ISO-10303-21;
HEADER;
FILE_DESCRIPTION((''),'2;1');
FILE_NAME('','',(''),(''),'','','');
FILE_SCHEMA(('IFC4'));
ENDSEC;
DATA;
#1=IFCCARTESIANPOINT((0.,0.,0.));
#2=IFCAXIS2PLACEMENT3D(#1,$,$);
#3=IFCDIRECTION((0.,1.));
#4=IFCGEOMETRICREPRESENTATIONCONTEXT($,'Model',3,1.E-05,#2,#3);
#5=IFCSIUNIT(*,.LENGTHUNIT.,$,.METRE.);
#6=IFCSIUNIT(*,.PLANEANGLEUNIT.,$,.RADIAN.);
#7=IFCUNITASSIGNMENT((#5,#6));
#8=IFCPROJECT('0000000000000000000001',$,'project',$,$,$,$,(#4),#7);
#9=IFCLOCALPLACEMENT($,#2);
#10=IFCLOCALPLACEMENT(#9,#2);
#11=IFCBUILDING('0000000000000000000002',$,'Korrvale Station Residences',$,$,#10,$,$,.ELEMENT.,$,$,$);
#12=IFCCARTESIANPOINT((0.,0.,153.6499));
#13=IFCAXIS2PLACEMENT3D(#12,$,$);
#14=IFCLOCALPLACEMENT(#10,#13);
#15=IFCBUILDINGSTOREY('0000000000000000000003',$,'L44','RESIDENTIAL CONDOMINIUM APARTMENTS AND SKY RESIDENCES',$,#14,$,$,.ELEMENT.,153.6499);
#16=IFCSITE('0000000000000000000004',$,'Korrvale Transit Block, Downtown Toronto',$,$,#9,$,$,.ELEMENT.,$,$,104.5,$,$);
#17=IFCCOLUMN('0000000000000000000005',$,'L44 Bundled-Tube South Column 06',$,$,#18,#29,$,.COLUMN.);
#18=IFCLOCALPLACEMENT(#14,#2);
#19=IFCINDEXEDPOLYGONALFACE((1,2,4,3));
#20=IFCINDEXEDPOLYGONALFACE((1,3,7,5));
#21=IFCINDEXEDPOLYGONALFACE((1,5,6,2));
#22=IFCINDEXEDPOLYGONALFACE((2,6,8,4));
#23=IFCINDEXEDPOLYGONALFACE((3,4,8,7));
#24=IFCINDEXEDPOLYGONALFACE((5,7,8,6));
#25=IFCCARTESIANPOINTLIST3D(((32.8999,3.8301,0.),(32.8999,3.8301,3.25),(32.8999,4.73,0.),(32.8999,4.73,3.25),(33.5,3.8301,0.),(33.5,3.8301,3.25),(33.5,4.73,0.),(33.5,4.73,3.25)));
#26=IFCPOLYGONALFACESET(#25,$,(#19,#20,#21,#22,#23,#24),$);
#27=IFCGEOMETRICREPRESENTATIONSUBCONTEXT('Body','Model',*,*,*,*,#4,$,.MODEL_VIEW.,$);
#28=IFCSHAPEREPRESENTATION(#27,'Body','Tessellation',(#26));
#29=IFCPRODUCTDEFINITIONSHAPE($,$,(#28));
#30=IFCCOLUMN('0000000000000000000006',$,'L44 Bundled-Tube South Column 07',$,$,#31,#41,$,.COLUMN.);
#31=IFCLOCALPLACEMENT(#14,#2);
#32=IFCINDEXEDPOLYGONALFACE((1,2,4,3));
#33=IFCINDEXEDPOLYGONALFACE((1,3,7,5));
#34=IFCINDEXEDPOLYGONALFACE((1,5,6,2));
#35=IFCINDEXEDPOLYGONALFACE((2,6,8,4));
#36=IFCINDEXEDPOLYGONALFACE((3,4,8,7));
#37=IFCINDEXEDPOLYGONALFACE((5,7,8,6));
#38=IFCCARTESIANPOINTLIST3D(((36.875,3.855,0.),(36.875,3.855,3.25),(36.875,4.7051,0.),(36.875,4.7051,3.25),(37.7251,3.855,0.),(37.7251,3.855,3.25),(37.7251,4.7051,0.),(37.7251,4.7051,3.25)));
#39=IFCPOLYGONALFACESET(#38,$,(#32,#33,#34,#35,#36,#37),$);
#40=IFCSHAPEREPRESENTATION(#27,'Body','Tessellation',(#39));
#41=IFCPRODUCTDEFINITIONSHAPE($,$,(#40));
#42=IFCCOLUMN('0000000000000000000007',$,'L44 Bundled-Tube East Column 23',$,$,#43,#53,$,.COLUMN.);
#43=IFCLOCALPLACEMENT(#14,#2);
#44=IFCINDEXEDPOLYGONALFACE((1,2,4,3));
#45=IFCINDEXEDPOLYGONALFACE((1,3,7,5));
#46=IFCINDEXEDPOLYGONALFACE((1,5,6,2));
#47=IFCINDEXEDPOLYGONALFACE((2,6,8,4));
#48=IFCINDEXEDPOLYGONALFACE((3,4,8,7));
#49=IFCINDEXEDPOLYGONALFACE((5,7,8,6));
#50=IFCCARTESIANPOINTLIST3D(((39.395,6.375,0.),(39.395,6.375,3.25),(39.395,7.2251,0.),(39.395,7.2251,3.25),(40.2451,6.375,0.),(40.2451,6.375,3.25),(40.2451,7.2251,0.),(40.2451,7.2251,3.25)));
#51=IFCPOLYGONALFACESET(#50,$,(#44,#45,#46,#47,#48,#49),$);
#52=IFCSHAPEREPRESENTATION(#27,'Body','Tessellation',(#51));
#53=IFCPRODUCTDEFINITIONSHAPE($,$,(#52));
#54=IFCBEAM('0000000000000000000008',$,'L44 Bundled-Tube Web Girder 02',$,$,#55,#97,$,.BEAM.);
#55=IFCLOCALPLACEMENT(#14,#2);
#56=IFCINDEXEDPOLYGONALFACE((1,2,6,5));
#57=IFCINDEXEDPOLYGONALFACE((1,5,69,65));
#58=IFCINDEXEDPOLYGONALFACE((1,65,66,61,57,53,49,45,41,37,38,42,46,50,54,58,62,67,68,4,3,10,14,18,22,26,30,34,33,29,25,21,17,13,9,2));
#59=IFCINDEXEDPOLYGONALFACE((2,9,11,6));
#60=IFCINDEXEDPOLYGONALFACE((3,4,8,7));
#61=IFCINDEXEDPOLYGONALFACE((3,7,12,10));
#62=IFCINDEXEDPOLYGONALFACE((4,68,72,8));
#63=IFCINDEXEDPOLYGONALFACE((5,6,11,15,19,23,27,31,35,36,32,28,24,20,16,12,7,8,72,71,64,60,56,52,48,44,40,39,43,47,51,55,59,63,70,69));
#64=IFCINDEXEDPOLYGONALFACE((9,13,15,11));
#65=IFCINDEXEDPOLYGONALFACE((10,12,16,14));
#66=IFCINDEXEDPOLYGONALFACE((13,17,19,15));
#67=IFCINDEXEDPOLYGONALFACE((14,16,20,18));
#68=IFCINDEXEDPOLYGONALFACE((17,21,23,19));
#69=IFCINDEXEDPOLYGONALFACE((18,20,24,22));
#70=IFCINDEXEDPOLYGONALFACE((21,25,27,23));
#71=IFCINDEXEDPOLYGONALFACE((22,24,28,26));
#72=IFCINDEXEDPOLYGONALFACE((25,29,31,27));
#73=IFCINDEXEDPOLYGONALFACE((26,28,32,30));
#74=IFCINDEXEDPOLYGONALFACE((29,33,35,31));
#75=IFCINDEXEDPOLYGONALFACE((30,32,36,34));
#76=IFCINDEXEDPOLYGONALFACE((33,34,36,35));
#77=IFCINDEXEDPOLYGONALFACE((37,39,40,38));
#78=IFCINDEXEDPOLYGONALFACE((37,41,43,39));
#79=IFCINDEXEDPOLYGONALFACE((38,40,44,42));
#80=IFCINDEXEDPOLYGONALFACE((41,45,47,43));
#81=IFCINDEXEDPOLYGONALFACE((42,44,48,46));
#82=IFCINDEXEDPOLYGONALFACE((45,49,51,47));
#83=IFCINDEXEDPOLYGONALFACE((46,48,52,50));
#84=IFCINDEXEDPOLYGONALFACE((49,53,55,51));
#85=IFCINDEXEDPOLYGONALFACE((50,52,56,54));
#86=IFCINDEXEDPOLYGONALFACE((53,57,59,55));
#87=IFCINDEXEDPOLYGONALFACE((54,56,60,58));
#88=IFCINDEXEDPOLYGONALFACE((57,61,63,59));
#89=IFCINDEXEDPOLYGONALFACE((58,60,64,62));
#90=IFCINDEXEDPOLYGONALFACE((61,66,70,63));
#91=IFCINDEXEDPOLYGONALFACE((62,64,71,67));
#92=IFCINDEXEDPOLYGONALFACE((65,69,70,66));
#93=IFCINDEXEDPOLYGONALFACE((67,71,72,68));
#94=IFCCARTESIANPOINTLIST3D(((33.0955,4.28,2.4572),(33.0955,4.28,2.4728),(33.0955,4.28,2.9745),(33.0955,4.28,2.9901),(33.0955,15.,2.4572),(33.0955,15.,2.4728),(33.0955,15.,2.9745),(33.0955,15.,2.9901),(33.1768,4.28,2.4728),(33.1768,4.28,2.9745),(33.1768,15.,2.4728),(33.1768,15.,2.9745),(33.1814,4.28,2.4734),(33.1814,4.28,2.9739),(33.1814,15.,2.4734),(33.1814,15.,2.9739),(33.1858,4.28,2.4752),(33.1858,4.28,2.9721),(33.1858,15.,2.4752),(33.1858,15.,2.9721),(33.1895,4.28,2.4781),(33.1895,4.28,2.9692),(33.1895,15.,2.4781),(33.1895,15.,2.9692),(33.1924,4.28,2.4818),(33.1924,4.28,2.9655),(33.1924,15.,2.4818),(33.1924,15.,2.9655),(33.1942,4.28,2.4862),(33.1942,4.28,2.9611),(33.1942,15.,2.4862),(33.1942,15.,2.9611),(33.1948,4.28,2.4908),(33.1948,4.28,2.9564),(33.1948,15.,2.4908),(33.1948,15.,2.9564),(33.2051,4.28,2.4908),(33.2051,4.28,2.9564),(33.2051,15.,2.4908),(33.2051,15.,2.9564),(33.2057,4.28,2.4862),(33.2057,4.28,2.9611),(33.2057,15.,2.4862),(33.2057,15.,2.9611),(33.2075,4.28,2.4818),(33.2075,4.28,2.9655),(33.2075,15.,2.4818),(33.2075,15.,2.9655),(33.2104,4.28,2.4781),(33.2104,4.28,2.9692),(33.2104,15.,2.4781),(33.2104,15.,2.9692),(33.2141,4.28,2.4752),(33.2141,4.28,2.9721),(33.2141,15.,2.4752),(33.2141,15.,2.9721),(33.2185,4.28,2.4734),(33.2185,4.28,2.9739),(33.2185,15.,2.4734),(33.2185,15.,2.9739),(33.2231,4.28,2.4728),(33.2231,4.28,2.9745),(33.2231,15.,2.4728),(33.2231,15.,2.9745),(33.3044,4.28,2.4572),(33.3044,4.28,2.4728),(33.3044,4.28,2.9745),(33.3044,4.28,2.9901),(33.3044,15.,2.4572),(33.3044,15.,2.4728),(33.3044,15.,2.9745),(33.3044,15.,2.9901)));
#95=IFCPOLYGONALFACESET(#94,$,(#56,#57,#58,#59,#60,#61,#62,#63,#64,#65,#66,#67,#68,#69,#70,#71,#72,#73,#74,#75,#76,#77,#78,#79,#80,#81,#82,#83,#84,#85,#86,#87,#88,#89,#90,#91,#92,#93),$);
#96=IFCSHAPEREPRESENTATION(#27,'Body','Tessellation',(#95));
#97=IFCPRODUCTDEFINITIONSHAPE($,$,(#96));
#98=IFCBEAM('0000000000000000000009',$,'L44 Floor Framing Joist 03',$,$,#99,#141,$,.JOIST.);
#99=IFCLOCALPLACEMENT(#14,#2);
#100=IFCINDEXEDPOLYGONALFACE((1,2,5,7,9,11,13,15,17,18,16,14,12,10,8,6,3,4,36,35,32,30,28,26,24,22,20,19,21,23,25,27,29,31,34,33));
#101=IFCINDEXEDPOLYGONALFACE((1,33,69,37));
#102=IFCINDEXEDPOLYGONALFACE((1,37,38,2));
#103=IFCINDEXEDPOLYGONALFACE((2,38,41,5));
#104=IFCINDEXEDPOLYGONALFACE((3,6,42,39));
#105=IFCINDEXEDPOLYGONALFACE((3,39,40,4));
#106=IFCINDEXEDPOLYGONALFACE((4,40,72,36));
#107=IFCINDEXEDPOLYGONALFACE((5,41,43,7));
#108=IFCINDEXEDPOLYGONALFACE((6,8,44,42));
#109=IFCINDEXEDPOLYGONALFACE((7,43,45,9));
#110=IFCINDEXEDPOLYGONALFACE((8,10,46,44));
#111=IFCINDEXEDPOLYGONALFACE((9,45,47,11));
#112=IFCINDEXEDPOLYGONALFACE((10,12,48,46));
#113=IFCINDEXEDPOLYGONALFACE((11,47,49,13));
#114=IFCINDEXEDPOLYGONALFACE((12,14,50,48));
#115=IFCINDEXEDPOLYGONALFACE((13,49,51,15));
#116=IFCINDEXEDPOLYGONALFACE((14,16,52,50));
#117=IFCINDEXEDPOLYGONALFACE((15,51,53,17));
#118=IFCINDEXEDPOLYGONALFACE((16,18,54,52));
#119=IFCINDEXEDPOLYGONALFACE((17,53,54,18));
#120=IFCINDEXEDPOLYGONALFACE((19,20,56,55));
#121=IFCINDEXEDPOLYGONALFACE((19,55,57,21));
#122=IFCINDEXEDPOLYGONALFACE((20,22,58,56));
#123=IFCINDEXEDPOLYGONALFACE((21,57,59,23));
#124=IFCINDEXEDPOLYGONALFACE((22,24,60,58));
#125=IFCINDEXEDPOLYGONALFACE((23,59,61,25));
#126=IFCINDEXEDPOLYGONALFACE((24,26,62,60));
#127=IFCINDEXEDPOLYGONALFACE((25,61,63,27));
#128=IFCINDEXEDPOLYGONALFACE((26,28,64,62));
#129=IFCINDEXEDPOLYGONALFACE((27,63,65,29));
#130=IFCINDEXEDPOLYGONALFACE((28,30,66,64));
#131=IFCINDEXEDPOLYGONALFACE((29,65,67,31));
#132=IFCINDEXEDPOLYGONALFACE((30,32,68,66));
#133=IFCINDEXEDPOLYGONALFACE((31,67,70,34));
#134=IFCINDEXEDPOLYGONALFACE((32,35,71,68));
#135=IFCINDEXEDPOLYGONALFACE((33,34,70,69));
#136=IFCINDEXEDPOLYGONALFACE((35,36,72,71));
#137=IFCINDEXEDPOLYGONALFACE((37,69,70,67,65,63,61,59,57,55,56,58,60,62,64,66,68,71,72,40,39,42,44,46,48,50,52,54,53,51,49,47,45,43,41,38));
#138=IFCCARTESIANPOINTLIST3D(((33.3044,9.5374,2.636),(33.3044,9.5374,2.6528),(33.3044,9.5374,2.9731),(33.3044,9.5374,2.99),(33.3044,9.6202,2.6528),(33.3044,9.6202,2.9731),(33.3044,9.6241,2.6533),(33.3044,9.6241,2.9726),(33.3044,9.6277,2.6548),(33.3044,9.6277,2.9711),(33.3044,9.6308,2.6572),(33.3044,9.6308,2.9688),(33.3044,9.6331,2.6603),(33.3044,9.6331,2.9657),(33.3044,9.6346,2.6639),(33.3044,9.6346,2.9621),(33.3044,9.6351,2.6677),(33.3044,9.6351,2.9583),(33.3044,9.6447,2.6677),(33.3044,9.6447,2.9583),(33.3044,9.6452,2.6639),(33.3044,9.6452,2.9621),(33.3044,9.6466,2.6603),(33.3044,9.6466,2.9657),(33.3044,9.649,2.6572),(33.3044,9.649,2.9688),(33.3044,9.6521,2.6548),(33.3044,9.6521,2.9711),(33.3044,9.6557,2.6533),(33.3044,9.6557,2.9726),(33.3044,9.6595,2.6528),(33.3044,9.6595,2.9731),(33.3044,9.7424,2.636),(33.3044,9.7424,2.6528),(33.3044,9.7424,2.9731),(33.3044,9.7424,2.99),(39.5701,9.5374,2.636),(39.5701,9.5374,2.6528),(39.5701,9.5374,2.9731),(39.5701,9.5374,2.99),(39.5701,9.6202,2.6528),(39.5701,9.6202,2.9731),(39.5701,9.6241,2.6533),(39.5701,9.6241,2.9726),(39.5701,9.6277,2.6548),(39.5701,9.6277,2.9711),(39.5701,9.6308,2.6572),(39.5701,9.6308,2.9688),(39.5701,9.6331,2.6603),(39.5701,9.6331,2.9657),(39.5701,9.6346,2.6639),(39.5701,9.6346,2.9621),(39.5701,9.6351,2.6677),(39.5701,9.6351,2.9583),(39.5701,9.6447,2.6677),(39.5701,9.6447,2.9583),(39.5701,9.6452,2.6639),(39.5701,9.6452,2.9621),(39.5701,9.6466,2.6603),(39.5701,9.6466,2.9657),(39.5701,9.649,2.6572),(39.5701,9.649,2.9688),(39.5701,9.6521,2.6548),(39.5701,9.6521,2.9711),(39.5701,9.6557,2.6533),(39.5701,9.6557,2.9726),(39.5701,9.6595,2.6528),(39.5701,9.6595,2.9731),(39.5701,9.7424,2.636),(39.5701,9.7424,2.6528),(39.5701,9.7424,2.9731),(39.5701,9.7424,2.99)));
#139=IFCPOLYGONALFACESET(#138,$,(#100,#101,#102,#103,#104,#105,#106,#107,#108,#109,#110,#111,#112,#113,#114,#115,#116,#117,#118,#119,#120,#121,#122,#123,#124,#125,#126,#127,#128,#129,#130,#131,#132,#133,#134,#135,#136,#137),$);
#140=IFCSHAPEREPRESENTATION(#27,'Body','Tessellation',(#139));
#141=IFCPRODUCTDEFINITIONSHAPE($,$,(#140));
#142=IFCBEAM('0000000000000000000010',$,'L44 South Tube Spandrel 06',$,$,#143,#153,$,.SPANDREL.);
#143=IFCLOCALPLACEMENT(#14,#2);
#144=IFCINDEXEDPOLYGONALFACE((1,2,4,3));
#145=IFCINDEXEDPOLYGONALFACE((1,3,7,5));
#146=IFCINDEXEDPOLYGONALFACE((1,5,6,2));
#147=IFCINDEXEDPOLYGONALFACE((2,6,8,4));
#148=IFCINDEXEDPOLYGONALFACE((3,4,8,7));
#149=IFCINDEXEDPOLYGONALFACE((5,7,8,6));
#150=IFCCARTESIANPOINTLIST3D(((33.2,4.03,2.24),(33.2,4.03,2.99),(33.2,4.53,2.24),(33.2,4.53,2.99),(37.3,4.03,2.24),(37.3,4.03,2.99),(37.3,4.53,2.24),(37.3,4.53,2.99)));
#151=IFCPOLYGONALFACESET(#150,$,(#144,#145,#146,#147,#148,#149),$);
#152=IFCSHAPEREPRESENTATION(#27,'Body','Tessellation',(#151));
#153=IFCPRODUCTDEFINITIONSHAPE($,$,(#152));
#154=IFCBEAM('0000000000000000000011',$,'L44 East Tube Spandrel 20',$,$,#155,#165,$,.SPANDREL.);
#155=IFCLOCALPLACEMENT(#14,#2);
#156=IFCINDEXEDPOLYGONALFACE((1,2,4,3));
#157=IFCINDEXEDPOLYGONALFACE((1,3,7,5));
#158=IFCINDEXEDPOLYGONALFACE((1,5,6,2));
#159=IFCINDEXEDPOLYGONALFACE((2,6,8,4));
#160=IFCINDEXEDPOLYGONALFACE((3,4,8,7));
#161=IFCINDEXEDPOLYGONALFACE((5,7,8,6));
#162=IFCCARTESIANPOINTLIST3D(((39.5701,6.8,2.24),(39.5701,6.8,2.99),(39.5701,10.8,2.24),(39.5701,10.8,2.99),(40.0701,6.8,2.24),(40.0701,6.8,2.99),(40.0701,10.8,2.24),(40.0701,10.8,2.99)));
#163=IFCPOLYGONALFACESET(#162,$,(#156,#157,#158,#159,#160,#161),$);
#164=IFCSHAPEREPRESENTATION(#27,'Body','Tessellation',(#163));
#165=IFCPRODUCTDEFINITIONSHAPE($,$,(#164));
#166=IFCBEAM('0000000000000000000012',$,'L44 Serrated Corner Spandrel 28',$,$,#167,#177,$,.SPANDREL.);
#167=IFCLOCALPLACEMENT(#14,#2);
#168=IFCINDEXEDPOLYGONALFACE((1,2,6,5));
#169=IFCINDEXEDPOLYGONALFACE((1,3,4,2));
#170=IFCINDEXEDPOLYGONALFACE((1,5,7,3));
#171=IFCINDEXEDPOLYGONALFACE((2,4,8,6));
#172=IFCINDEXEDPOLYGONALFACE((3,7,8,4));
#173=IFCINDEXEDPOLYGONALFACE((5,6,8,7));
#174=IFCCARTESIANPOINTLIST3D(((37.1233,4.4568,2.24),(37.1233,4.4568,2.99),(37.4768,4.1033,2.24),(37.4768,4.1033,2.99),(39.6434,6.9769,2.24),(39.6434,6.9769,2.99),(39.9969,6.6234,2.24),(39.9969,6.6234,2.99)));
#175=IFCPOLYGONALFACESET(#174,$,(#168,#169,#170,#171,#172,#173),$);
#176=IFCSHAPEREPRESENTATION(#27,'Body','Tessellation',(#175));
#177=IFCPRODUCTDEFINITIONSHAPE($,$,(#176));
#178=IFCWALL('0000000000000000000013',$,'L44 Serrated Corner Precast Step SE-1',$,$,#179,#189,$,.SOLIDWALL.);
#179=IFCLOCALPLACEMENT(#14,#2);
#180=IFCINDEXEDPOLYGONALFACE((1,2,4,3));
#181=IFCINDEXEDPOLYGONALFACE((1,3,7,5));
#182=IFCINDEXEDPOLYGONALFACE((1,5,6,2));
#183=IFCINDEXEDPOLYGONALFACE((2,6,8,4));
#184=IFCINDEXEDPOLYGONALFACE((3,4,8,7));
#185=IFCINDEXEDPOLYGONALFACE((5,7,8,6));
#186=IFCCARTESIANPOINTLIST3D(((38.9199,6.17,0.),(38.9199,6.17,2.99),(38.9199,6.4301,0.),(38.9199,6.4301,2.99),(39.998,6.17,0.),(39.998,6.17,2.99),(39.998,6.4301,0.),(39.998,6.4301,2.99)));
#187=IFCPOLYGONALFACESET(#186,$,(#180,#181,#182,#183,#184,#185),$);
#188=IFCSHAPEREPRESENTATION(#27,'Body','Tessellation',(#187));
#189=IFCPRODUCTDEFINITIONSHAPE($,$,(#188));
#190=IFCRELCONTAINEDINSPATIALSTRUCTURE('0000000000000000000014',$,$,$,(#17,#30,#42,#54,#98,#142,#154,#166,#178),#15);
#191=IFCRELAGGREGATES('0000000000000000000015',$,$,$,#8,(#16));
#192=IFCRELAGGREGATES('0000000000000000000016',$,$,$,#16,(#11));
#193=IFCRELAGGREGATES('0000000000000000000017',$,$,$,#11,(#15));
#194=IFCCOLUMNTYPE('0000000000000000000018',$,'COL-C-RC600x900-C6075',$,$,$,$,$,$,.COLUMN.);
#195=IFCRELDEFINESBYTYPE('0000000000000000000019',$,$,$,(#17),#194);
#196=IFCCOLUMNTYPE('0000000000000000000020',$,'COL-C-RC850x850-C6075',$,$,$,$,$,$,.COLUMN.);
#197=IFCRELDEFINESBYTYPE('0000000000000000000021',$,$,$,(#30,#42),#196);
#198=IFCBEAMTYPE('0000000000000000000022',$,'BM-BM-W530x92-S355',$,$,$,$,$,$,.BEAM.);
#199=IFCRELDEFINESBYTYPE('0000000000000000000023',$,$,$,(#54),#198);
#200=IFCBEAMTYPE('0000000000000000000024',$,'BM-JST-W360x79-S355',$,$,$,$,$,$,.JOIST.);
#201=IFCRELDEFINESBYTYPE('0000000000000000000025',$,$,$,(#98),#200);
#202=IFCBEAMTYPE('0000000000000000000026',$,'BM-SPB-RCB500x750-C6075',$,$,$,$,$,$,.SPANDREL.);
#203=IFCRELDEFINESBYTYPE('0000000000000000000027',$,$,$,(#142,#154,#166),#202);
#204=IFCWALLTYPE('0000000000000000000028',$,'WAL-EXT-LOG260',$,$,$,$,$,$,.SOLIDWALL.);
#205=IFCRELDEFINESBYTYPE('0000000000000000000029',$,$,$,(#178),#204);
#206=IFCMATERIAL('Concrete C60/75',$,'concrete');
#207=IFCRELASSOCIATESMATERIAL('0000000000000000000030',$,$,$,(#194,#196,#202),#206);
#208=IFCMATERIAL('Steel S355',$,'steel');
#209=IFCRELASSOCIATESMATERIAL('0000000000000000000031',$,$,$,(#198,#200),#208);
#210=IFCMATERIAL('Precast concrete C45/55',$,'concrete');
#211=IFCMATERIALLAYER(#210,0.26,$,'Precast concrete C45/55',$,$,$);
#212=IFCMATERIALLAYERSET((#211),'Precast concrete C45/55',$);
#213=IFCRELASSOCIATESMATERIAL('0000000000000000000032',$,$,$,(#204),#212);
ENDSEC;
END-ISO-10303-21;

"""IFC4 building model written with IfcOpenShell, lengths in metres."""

from ifc_helpers import new_model, si_unit, direction, frame, frame_2d, origin, origin_2d, place, context, subcontext, project, spatial, rectangle, i_section, extrude, material, layer, layer_set, material_profile, profile_set, type_object, element, save


model = new_model("IFC4")

# Units and contexts
model_context = context("Model", 3, precision=1e-05, world=origin(), true_north=direction((0.0, 1.0)))
body_context = subcontext(model_context, "Body", "Model", "MODEL_VIEW")
ifc_project = project(units=[si_unit("LENGTHUNIT", "METRE"), si_unit("PLANEANGLEUNIT", "RADIAN")], contexts=[model_context])

# Site, building, storey
site_placement = place(None, origin())
site = spatial("IfcSite", under=ifc_project, at=site_placement, Name="Korrvale Transit Block, Downtown Toronto", CompositionType="ELEMENT", RefElevation=104.5)
building_placement = place(site_placement, origin())
building = spatial("IfcBuilding", under=site, at=building_placement, Name="Korrvale Station Residences", CompositionType="ELEMENT")
storey_placement = place(building_placement, frame((0.0, 0.0, 153.6499)))
storey = spatial("IfcBuildingStorey", under=building, at=storey_placement, Name="L44", Description="RESIDENTIAL CONDOMINIUM APARTMENTS AND SKY RESIDENCES", CompositionType="ELEMENT", Elevation=153.6499)

# Columns
ifc_material_1 = material(Name="Concrete C60/75", Category="concrete")
ifc_material_profile_1 = material_profile(ifc_material_1, rectangle(XDim=0.6001, YDim=0.8999, at=origin_2d()), Name="RC600x900")
ifc_profile_set_1 = profile_set([ifc_material_profile_1], Name="Concrete C60/75")
column_type_1 = type_object("IfcColumnType", Name="COL-C-RC600x900-C6075", PredefinedType="COLUMN", material=ifc_profile_set_1)
column_placement = place(storey_placement, frame((33.2, 4.28, 0.0), z_axis=(0.0, 0.0, 1.0), x_axis=(1.0, 0.0, 0.0)))
element("IfcColumn", 1, at=column_placement, inside=storey, type_object=column_type_1, Name="L44 Bundled-Tube South Column 06", PredefinedType="COLUMN", context=body_context, shape_type="SweptSolid", body=[
    extrude(rectangle(XDim=0.6001, YDim=0.8999, at=origin_2d()), origin(), (0.0, 0.0, 1.0), 3.25),
])
ifc_material_profile_2 = material_profile(ifc_material_1, rectangle(XDim=0.8501, YDim=0.8501, at=origin_2d()), Name="RC850x850")
ifc_profile_set_2 = profile_set([ifc_material_profile_2], Name="Concrete C60/75")
column_type_2 = type_object("IfcColumnType", Name="COL-C-RC850x850-C6075", PredefinedType="COLUMN", material=ifc_profile_set_2)
for number, where, z_axis, x_axis, name in (
    (2, (37.3, 4.28, 0.0), (0.0, 0.0, 1.0), (1.0, 0.0, 0.0), "L44 Bundled-Tube South Column 07"),
    (3, (39.8201, 6.8, 0.0), (0.0, 0.0, 1.0), (1.0, 0.0, 0.0), "L44 Bundled-Tube East Column 23"),
):
    element("IfcColumn", number, at=place(storey_placement, frame(where, z_axis=z_axis, x_axis=x_axis)), inside=storey, type_object=column_type_2, Name=name, PredefinedType="COLUMN", context=body_context, shape_type="SweptSolid", body=[
        extrude(rectangle(XDim=0.8501, YDim=0.8501, at=origin_2d()), origin(), (0.0, 0.0, 1.0), 3.25),
    ])

# Beams
ifc_material_2 = material(Name="Steel S355", Category="steel")
ifc_material_profile_3 = material_profile(ifc_material_2, i_section(OverallWidth=0.209, OverallDepth=0.533, WebThickness=0.0103, FlangeThickness=0.0156, FilletRadius=0.0181, at=origin_2d()), Name="W530x92")
ifc_profile_set_3 = profile_set([ifc_material_profile_3], Name="Steel S355")
beam_type_1 = type_object("IfcBeamType", Name="BM-BM-W530x92-S355", PredefinedType="BEAM", material=ifc_profile_set_3)
beam_1_placement = place(storey_placement, frame((33.2, 4.28, 2.7236), z_axis=(0.0, 1.0, 0.0), x_axis=(-1.0, 0.0, 0.0)))
element("IfcBeam", 4, at=beam_1_placement, inside=storey, type_object=beam_type_1, Name="L44 Bundled-Tube Web Girder 02", PredefinedType="BEAM", context=body_context, shape_type="SweptSolid", body=[
    extrude(i_section(OverallWidth=0.209, OverallDepth=0.533, WebThickness=0.0103, FlangeThickness=0.0156, FilletRadius=0.0181, at=origin_2d()), origin(), (0.0, 0.0, 1.0), 10.72),
])
ifc_material_profile_4 = material_profile(ifc_material_2, i_section(OverallWidth=0.2051, OverallDepth=0.354, WebThickness=0.0095, FlangeThickness=0.0168, FilletRadius=0.0149, at=origin_2d()), Name="W360x79")
ifc_profile_set_4 = profile_set([ifc_material_profile_4], Name="Steel S355")
beam_type_2 = type_object("IfcBeamType", Name="BM-JST-W360x79-S355", PredefinedType="JOIST", material=ifc_profile_set_4)
beam_2_placement = place(storey_placement, frame((33.3044, 9.6399, 2.813), z_axis=(1.0, 0.0, 0.0), x_axis=(0.0, 1.0, 0.0)))
element("IfcBeam", 5, at=beam_2_placement, inside=storey, type_object=beam_type_2, Name="L44 Floor Framing Joist 03", PredefinedType="JOIST", context=body_context, shape_type="SweptSolid", body=[
    extrude(i_section(OverallWidth=0.2051, OverallDepth=0.354, WebThickness=0.0095, FlangeThickness=0.0168, FilletRadius=0.0149, at=origin_2d()), origin(), (0.0, 0.0, 1.0), 6.2656),
])
ifc_material_profile_5 = material_profile(ifc_material_1, rectangle(XDim=0.5, YDim=0.75, at=origin_2d()), Name="RCB500x750")
ifc_profile_set_5 = profile_set([ifc_material_profile_5], Name="Concrete C60/75")
beam_type_3 = type_object("IfcBeamType", Name="BM-SPB-RCB500x750-C6075", PredefinedType="SPANDREL", material=ifc_profile_set_5)
beam_3_placement = place(storey_placement, frame((33.2, 4.28, 2.615), z_axis=(1.0, 0.0, 0.0), x_axis=(0.0, 1.0, 0.0)))
element("IfcBeam", 6, at=beam_3_placement, inside=storey, type_object=beam_type_3, Name="L44 South Tube Spandrel 06", PredefinedType="SPANDREL", context=body_context, shape_type="SweptSolid", body=[
    extrude(rectangle(XDim=0.5, YDim=0.75, at=origin_2d()), origin(), (0.0, 0.0, 1.0), 4.1001),
])
beam_4_placement = place(storey_placement, frame((39.8201, 6.8, 2.615), z_axis=(0.0, 1.0, 0.0), x_axis=(-1.0, 0.0, 0.0)))
element("IfcBeam", 7, at=beam_4_placement, inside=storey, type_object=beam_type_3, Name="L44 East Tube Spandrel 20", PredefinedType="SPANDREL", context=body_context, shape_type="SweptSolid", body=[
    extrude(rectangle(XDim=0.5, YDim=0.75, at=origin_2d()), origin(), (0.0, 0.0, 1.0), 4.0),
])
beam_5_placement = place(storey_placement, frame((37.3, 4.28, 2.615), z_axis=(0.707107, 0.707107, 0.0), x_axis=(-0.707107, 0.707107, 0.0)))
element("IfcBeam", 8, at=beam_5_placement, inside=storey, type_object=beam_type_3, Name="L44 Serrated Corner Spandrel 28", PredefinedType="SPANDREL", context=body_context, shape_type="SweptSolid", body=[
    extrude(rectangle(XDim=0.5, YDim=0.75, at=origin_2d()), origin(), (0.0, 0.0, 1.0), 3.564),
])

# Wall
ifc_material_3 = material(Name="Precast concrete C45/55", Category="concrete")
ifc_layer_1 = layer(ifc_material_3, 0.26, Name="Precast concrete C45/55")
ifc_layer_set_1 = layer_set([ifc_layer_1], Name="Precast concrete C45/55")
wall_type_1 = type_object("IfcWallType", Name="WAL-EXT-LOG260", PredefinedType="SOLIDWALL", material=ifc_layer_set_1)
wall_1_placement = place(storey_placement, frame((39.998, 6.3, 0.0), z_axis=(0.0, 0.0, 1.0), x_axis=(-1.0, 0.0, 0.0)))
element("IfcWall", 9, at=wall_1_placement, inside=storey, type_object=wall_type_1, Name="L44 Serrated Corner Precast Step SE-1", PredefinedType="SOLIDWALL", context=body_context, shape_type="SweptSolid", body=[
    extrude(rectangle(XDim=1.0781, YDim=0.26, at=frame_2d((0.5391, 0.0))), origin(), (0.0, 0.0, 1.0), 2.99),
])

save(model, "model.ifc")
